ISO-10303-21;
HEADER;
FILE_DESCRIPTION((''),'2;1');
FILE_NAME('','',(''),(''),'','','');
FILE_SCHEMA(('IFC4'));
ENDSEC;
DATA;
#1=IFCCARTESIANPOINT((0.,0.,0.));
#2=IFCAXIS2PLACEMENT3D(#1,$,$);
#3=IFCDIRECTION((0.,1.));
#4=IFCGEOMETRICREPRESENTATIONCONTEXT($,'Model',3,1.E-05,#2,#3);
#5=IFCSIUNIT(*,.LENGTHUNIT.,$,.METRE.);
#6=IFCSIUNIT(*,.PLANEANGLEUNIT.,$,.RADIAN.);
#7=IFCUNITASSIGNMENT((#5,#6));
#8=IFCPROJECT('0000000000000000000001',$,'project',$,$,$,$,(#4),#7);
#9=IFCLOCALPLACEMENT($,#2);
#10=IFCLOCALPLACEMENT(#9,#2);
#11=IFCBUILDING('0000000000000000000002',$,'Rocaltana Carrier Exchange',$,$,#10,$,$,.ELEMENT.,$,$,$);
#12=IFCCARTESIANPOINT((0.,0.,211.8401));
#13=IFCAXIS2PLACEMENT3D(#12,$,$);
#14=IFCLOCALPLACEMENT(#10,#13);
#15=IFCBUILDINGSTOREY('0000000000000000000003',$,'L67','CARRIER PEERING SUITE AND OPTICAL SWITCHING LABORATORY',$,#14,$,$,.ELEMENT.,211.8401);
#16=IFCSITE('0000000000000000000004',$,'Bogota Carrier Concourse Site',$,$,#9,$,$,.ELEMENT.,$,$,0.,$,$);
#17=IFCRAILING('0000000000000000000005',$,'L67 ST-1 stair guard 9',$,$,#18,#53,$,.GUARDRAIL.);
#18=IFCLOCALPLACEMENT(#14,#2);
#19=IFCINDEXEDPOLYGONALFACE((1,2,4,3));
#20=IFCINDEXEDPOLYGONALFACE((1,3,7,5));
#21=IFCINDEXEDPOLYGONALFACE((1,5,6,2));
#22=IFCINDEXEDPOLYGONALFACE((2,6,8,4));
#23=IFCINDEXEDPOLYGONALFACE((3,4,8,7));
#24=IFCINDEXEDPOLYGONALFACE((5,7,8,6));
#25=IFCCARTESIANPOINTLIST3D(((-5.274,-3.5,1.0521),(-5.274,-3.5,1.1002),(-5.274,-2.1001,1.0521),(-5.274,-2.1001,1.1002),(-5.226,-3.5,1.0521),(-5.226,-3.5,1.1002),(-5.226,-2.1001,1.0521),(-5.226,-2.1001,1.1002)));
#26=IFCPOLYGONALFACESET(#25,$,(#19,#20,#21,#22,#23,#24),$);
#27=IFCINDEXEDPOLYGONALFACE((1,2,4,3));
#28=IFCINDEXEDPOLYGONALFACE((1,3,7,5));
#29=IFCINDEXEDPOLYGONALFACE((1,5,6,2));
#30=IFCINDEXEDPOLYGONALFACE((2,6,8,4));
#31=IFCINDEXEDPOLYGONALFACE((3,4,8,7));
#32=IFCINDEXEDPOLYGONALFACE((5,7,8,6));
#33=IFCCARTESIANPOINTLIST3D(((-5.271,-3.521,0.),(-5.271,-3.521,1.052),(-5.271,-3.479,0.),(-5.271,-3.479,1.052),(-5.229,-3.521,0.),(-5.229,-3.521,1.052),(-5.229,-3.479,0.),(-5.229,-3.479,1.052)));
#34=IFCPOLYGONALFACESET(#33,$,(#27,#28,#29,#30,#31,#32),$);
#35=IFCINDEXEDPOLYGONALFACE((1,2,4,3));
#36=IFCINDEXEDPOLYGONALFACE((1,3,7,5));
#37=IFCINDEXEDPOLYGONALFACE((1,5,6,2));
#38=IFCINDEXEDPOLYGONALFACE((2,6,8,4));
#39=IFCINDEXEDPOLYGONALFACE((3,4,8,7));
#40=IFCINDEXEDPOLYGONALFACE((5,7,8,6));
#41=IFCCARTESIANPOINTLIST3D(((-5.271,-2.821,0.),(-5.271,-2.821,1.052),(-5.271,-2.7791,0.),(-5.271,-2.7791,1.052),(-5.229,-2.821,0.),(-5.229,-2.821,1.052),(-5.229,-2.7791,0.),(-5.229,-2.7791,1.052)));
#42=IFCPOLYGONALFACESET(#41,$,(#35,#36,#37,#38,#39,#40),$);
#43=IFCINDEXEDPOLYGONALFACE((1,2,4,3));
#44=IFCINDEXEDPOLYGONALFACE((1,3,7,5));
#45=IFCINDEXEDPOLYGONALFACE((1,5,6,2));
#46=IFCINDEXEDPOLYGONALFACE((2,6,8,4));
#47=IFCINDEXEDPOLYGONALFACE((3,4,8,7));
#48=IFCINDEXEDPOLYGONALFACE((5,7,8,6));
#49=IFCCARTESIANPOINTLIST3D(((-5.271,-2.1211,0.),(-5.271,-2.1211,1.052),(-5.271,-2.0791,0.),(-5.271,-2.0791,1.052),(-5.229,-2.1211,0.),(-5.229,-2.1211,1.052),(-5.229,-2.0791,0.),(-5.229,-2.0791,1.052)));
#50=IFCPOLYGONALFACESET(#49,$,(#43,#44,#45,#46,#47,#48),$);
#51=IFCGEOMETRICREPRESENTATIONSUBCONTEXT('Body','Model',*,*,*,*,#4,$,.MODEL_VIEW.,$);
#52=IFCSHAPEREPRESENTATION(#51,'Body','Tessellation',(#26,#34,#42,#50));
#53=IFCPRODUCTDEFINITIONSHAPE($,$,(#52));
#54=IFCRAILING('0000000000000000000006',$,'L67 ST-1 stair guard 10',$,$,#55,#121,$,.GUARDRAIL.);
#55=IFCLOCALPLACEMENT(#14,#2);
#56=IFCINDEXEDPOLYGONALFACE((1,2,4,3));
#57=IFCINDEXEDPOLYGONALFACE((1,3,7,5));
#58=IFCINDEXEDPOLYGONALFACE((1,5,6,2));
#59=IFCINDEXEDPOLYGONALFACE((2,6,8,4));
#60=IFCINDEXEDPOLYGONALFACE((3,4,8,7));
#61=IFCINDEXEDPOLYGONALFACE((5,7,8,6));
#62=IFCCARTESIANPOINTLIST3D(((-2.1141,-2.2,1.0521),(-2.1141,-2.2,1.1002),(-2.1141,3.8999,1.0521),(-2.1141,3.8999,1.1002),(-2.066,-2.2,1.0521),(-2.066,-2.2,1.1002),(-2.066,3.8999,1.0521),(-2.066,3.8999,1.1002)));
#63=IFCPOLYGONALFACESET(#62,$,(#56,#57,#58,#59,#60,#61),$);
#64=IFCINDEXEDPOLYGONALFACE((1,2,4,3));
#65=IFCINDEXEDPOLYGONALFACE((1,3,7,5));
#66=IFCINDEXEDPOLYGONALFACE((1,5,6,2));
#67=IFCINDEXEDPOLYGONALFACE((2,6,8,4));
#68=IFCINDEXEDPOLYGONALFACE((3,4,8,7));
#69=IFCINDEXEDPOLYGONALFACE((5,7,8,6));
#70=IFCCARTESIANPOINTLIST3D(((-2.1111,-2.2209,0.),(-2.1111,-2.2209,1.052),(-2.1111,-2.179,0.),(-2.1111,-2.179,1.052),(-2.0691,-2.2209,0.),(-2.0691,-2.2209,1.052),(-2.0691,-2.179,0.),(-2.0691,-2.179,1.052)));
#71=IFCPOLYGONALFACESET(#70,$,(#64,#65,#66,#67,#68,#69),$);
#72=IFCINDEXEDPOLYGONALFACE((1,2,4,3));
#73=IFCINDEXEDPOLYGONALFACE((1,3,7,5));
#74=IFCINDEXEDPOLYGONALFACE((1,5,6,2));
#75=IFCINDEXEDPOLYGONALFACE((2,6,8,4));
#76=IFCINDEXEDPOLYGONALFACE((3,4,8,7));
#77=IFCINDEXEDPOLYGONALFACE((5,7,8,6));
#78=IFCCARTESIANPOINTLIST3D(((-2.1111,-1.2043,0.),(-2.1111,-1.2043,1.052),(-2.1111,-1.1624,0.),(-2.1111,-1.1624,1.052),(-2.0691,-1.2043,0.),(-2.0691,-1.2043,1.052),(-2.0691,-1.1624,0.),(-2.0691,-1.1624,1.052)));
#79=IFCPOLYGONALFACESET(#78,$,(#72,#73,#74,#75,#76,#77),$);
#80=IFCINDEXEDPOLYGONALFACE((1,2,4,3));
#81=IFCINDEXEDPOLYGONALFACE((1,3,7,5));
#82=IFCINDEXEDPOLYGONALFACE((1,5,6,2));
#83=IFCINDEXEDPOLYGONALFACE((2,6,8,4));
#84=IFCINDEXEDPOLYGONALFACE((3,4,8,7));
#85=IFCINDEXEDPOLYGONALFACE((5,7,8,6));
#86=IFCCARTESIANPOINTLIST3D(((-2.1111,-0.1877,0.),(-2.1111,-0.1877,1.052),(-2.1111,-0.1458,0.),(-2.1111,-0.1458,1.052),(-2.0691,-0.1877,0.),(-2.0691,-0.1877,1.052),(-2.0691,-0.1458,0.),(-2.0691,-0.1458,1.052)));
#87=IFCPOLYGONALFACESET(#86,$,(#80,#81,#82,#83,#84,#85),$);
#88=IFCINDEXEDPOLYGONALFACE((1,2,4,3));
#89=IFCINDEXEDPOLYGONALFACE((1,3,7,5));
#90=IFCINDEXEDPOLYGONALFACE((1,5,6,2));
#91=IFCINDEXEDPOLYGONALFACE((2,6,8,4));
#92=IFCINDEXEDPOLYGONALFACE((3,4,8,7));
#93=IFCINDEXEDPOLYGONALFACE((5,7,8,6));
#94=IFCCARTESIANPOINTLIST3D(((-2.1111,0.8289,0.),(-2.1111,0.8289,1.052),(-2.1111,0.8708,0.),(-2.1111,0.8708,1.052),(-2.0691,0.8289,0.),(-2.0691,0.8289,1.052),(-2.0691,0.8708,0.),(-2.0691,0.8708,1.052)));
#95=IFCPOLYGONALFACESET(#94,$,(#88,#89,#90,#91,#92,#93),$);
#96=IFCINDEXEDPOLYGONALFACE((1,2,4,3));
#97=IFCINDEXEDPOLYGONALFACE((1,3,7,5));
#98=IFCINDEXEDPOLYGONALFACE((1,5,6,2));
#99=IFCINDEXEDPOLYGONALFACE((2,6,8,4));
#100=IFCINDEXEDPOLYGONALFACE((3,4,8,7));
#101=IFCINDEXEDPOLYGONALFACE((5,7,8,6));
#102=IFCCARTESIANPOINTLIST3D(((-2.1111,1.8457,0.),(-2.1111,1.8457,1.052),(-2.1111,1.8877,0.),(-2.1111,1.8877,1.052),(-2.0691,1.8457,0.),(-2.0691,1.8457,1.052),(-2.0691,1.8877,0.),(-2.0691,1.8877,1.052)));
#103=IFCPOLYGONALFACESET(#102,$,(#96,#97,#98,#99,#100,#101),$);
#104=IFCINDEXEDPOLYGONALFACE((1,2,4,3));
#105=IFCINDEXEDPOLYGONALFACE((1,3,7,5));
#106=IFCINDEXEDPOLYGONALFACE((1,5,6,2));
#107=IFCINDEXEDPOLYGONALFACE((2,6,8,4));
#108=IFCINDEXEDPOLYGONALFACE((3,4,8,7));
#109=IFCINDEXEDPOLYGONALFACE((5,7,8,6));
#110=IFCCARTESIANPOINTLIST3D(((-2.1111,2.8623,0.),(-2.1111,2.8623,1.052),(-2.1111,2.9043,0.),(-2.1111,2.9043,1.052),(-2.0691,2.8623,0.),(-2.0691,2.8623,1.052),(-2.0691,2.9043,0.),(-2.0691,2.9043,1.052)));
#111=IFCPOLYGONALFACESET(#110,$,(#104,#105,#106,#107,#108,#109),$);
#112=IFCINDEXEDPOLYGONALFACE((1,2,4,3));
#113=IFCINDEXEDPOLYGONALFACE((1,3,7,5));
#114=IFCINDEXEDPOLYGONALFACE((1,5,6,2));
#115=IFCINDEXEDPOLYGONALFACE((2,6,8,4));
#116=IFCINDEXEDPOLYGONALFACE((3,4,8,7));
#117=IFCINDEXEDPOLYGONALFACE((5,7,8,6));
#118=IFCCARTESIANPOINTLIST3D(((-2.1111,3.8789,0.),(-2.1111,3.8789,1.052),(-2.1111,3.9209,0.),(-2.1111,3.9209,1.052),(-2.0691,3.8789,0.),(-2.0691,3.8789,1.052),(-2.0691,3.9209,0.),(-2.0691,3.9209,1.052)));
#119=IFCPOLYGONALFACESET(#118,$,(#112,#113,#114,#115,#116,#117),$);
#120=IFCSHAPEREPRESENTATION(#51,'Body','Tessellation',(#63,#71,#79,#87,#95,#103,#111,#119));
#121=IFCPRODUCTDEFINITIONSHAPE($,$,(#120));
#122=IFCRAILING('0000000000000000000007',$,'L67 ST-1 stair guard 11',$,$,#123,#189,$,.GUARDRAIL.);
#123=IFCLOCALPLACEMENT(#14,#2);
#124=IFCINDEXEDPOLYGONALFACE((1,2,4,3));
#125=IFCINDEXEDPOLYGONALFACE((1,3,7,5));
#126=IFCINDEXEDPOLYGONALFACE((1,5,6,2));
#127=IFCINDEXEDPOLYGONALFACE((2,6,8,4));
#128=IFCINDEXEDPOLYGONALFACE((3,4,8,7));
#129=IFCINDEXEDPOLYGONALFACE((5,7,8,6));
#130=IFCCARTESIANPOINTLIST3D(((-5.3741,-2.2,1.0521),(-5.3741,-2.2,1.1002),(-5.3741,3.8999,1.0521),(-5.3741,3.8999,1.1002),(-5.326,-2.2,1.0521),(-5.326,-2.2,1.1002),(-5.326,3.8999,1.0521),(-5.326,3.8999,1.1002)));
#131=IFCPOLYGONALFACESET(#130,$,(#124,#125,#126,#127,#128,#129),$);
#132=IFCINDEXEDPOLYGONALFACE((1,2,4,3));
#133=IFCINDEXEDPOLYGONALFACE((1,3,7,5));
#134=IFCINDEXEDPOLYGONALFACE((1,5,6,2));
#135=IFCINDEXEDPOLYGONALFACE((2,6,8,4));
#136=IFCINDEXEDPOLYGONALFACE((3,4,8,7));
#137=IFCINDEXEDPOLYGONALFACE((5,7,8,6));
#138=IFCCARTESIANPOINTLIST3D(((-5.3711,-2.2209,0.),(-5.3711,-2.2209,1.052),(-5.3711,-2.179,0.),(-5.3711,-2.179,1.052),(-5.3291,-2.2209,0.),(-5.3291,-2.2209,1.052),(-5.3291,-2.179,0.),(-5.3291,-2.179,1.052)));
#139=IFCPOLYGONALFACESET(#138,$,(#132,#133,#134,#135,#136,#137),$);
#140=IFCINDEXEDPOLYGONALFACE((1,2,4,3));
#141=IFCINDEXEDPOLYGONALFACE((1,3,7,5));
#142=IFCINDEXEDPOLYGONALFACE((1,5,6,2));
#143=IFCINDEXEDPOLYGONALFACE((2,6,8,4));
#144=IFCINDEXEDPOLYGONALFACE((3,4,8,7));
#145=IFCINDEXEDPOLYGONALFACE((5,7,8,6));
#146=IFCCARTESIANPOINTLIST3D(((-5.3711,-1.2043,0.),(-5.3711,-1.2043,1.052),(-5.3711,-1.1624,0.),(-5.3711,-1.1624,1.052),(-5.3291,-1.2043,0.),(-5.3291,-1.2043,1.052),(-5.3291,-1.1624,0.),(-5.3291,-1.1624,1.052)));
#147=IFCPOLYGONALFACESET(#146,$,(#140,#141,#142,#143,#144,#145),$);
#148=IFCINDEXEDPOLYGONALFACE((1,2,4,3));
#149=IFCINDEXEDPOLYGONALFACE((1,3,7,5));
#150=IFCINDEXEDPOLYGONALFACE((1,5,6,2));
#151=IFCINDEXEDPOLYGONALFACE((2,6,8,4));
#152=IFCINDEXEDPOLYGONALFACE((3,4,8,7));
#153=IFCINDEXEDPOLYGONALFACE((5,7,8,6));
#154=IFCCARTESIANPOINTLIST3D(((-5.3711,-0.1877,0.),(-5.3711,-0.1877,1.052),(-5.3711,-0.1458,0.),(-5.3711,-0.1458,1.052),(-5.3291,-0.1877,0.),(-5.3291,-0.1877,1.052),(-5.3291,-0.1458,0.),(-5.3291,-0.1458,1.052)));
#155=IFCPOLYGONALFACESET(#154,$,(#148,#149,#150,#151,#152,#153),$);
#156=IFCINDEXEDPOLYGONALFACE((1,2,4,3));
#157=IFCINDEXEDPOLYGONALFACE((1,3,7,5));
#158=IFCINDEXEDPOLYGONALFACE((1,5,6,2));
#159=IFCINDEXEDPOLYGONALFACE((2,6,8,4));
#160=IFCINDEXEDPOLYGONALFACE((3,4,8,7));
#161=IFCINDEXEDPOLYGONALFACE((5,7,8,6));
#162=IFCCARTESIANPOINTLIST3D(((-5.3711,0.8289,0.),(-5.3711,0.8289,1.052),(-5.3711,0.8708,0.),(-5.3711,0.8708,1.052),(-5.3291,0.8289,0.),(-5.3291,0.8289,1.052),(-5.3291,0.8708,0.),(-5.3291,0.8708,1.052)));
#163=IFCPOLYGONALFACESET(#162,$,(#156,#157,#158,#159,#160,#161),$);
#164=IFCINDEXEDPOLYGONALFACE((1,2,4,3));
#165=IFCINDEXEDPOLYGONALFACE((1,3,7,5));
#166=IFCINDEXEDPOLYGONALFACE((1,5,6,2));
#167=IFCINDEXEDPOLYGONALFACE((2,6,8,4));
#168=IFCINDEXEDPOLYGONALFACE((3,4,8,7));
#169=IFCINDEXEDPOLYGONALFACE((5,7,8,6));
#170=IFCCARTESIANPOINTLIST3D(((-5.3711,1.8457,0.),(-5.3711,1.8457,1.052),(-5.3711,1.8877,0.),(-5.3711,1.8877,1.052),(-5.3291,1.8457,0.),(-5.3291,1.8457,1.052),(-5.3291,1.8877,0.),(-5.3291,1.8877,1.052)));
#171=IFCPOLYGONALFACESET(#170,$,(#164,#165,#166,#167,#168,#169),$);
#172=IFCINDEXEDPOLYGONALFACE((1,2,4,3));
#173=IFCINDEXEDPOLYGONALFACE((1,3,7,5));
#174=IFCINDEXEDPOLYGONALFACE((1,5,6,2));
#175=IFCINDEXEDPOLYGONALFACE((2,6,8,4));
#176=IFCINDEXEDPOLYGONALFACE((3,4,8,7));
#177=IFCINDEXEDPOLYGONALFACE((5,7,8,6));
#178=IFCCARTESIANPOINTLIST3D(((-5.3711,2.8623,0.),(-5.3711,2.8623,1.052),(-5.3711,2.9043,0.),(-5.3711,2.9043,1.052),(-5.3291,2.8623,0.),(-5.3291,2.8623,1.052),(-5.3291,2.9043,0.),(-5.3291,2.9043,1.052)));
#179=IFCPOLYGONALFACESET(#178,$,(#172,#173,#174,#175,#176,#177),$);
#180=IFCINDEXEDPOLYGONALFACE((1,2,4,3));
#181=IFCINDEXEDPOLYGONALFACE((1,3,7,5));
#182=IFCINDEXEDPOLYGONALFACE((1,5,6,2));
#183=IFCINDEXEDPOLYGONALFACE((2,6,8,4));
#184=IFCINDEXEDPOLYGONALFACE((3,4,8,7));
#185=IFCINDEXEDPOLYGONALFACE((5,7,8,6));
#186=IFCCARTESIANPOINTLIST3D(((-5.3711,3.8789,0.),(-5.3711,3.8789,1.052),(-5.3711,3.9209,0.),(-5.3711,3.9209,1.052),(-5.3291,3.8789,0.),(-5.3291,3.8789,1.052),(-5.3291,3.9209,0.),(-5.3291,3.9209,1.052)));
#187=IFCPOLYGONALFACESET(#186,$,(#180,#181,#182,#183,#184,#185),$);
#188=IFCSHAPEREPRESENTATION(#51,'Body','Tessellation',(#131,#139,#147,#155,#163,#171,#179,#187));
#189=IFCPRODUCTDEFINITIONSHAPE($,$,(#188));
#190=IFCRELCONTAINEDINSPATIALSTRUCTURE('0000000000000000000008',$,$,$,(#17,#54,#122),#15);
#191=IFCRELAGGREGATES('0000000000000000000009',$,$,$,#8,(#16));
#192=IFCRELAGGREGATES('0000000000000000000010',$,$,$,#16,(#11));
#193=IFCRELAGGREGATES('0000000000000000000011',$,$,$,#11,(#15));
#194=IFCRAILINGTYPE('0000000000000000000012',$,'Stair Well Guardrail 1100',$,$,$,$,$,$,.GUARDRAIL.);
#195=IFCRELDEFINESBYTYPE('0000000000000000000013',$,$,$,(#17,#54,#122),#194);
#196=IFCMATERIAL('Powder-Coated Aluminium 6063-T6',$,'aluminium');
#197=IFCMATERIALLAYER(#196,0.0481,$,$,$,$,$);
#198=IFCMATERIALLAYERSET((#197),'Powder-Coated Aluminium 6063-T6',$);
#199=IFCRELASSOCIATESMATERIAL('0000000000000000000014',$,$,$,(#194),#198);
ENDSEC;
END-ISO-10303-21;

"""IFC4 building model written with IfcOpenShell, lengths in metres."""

from ifc_helpers import new_model, si_unit, direction, frame, origin, origin_2d, place, context, subcontext, project, spatial, rectangle, extrude, material, layer, layer_set, type_object, element, save


model = new_model("IFC4")

# Units and contexts
model_context = context("Model", 3, precision=1e-05, world=origin(), true_north=direction((0.0, 1.0)))
body_context = subcontext(model_context, "Body", "Model", "MODEL_VIEW")
ifc_project = project(units=[si_unit("LENGTHUNIT", "METRE"), si_unit("PLANEANGLEUNIT", "RADIAN")], contexts=[model_context])

# Site, building, storey
site_placement = place(None, origin())
site = spatial("IfcSite", under=ifc_project, at=site_placement, Name="Bogota Carrier Concourse Site", CompositionType="ELEMENT", RefElevation=0.0)
building_placement = place(site_placement, origin())
building = spatial("IfcBuilding", under=site, at=building_placement, Name="Rocaltana Carrier Exchange", CompositionType="ELEMENT")
storey_placement = place(building_placement, frame((0.0, 0.0, 211.8401)))
storey = spatial("IfcBuildingStorey", under=building, at=storey_placement, Name="L67", Description="CARRIER PEERING SUITE AND OPTICAL SWITCHING LABORATORY", CompositionType="ELEMENT", Elevation=211.8401)

# Railings
ifc_material_1 = material(Name="Powder-Coated Aluminium 6063-T6", Category="aluminium")
ifc_layer_1 = layer(ifc_material_1, 0.0481)
ifc_layer_set_1 = layer_set([ifc_layer_1], Name="Powder-Coated Aluminium 6063-T6")
railing_type_1 = type_object("IfcRailingType", Name="Stair Well Guardrail 1100", PredefinedType="GUARDRAIL", material=ifc_layer_set_1)
for number, where, name in (
    (1, (-5.25, -3.5, 0.0), "L67 ST-1 stair guard 9"),
):
    element("IfcRailing", number, at=place(storey_placement, frame(where)), inside=storey, type_object=railing_type_1, Name=name, PredefinedType="GUARDRAIL", context=body_context, shape_type="SweptSolid", body=[
        extrude(rectangle(XDim=0.0481, YDim=0.0481, at=origin_2d()), frame((0.0, 0.0, 1.0762), z_axis=(0.0, 1.0, 0.0), x_axis=(-1.0, 0.0, 0.0)), (0.0, 0.0, 1.0), 1.3999),
        extrude(rectangle(XDim=0.042, YDim=0.042, at=origin_2d()), origin(), (0.0, 0.0, 1.0), 1.052),
        extrude(rectangle(XDim=0.042, YDim=0.042, at=origin_2d()), frame((0.0, 0.7, 0.0)), (0.0, 0.0, 1.0), 1.052),
        extrude(rectangle(XDim=0.042, YDim=0.042, at=origin_2d()), frame((0.0, 1.3999, 0.0)), (0.0, 0.0, 1.0), 1.052),
    ])
for number, where, name in (
    (2, (-2.0901, -2.2, 0.0), "L67 ST-1 stair guard 10"),
    (3, (-5.3501, -2.2, 0.0), "L67 ST-1 stair guard 11"),
):
    element("IfcRailing", number, at=place(storey_placement, frame(where)), inside=storey, type_object=railing_type_1, Name=name, PredefinedType="GUARDRAIL", context=body_context, shape_type="SweptSolid", body=[
        extrude(rectangle(XDim=0.0481, YDim=0.0481, at=origin_2d()), frame((0.0, 0.0, 1.0762), z_axis=(0.0, 1.0, 0.0), x_axis=(-1.0, 0.0, 0.0)), (0.0, 0.0, 1.0), 6.0999),
        extrude(rectangle(XDim=0.042, YDim=0.042, at=origin_2d()), origin(), (0.0, 0.0, 1.0), 1.052),
        extrude(rectangle(XDim=0.042, YDim=0.042, at=origin_2d()), frame((0.0, 1.0166, 0.0)), (0.0, 0.0, 1.0), 1.052),
        extrude(rectangle(XDim=0.042, YDim=0.042, at=origin_2d()), frame((0.0, 2.0332, 0.0)), (0.0, 0.0, 1.0), 1.052),
        extrude(rectangle(XDim=0.042, YDim=0.042, at=origin_2d()), frame((0.0, 3.0498, 0.0)), (0.0, 0.0, 1.0), 1.052),
        extrude(rectangle(XDim=0.042, YDim=0.042, at=origin_2d()), frame((0.0, 4.0667, 0.0)), (0.0, 0.0, 1.0), 1.052),
        extrude(rectangle(XDim=0.042, YDim=0.042, at=origin_2d()), frame((0.0, 5.0833, 0.0)), (0.0, 0.0, 1.0), 1.052),
        extrude(rectangle(XDim=0.042, YDim=0.042, at=origin_2d()), frame((0.0, 6.0999, 0.0)), (0.0, 0.0, 1.0), 1.052),
    ])

save(model, "model.ifc")
